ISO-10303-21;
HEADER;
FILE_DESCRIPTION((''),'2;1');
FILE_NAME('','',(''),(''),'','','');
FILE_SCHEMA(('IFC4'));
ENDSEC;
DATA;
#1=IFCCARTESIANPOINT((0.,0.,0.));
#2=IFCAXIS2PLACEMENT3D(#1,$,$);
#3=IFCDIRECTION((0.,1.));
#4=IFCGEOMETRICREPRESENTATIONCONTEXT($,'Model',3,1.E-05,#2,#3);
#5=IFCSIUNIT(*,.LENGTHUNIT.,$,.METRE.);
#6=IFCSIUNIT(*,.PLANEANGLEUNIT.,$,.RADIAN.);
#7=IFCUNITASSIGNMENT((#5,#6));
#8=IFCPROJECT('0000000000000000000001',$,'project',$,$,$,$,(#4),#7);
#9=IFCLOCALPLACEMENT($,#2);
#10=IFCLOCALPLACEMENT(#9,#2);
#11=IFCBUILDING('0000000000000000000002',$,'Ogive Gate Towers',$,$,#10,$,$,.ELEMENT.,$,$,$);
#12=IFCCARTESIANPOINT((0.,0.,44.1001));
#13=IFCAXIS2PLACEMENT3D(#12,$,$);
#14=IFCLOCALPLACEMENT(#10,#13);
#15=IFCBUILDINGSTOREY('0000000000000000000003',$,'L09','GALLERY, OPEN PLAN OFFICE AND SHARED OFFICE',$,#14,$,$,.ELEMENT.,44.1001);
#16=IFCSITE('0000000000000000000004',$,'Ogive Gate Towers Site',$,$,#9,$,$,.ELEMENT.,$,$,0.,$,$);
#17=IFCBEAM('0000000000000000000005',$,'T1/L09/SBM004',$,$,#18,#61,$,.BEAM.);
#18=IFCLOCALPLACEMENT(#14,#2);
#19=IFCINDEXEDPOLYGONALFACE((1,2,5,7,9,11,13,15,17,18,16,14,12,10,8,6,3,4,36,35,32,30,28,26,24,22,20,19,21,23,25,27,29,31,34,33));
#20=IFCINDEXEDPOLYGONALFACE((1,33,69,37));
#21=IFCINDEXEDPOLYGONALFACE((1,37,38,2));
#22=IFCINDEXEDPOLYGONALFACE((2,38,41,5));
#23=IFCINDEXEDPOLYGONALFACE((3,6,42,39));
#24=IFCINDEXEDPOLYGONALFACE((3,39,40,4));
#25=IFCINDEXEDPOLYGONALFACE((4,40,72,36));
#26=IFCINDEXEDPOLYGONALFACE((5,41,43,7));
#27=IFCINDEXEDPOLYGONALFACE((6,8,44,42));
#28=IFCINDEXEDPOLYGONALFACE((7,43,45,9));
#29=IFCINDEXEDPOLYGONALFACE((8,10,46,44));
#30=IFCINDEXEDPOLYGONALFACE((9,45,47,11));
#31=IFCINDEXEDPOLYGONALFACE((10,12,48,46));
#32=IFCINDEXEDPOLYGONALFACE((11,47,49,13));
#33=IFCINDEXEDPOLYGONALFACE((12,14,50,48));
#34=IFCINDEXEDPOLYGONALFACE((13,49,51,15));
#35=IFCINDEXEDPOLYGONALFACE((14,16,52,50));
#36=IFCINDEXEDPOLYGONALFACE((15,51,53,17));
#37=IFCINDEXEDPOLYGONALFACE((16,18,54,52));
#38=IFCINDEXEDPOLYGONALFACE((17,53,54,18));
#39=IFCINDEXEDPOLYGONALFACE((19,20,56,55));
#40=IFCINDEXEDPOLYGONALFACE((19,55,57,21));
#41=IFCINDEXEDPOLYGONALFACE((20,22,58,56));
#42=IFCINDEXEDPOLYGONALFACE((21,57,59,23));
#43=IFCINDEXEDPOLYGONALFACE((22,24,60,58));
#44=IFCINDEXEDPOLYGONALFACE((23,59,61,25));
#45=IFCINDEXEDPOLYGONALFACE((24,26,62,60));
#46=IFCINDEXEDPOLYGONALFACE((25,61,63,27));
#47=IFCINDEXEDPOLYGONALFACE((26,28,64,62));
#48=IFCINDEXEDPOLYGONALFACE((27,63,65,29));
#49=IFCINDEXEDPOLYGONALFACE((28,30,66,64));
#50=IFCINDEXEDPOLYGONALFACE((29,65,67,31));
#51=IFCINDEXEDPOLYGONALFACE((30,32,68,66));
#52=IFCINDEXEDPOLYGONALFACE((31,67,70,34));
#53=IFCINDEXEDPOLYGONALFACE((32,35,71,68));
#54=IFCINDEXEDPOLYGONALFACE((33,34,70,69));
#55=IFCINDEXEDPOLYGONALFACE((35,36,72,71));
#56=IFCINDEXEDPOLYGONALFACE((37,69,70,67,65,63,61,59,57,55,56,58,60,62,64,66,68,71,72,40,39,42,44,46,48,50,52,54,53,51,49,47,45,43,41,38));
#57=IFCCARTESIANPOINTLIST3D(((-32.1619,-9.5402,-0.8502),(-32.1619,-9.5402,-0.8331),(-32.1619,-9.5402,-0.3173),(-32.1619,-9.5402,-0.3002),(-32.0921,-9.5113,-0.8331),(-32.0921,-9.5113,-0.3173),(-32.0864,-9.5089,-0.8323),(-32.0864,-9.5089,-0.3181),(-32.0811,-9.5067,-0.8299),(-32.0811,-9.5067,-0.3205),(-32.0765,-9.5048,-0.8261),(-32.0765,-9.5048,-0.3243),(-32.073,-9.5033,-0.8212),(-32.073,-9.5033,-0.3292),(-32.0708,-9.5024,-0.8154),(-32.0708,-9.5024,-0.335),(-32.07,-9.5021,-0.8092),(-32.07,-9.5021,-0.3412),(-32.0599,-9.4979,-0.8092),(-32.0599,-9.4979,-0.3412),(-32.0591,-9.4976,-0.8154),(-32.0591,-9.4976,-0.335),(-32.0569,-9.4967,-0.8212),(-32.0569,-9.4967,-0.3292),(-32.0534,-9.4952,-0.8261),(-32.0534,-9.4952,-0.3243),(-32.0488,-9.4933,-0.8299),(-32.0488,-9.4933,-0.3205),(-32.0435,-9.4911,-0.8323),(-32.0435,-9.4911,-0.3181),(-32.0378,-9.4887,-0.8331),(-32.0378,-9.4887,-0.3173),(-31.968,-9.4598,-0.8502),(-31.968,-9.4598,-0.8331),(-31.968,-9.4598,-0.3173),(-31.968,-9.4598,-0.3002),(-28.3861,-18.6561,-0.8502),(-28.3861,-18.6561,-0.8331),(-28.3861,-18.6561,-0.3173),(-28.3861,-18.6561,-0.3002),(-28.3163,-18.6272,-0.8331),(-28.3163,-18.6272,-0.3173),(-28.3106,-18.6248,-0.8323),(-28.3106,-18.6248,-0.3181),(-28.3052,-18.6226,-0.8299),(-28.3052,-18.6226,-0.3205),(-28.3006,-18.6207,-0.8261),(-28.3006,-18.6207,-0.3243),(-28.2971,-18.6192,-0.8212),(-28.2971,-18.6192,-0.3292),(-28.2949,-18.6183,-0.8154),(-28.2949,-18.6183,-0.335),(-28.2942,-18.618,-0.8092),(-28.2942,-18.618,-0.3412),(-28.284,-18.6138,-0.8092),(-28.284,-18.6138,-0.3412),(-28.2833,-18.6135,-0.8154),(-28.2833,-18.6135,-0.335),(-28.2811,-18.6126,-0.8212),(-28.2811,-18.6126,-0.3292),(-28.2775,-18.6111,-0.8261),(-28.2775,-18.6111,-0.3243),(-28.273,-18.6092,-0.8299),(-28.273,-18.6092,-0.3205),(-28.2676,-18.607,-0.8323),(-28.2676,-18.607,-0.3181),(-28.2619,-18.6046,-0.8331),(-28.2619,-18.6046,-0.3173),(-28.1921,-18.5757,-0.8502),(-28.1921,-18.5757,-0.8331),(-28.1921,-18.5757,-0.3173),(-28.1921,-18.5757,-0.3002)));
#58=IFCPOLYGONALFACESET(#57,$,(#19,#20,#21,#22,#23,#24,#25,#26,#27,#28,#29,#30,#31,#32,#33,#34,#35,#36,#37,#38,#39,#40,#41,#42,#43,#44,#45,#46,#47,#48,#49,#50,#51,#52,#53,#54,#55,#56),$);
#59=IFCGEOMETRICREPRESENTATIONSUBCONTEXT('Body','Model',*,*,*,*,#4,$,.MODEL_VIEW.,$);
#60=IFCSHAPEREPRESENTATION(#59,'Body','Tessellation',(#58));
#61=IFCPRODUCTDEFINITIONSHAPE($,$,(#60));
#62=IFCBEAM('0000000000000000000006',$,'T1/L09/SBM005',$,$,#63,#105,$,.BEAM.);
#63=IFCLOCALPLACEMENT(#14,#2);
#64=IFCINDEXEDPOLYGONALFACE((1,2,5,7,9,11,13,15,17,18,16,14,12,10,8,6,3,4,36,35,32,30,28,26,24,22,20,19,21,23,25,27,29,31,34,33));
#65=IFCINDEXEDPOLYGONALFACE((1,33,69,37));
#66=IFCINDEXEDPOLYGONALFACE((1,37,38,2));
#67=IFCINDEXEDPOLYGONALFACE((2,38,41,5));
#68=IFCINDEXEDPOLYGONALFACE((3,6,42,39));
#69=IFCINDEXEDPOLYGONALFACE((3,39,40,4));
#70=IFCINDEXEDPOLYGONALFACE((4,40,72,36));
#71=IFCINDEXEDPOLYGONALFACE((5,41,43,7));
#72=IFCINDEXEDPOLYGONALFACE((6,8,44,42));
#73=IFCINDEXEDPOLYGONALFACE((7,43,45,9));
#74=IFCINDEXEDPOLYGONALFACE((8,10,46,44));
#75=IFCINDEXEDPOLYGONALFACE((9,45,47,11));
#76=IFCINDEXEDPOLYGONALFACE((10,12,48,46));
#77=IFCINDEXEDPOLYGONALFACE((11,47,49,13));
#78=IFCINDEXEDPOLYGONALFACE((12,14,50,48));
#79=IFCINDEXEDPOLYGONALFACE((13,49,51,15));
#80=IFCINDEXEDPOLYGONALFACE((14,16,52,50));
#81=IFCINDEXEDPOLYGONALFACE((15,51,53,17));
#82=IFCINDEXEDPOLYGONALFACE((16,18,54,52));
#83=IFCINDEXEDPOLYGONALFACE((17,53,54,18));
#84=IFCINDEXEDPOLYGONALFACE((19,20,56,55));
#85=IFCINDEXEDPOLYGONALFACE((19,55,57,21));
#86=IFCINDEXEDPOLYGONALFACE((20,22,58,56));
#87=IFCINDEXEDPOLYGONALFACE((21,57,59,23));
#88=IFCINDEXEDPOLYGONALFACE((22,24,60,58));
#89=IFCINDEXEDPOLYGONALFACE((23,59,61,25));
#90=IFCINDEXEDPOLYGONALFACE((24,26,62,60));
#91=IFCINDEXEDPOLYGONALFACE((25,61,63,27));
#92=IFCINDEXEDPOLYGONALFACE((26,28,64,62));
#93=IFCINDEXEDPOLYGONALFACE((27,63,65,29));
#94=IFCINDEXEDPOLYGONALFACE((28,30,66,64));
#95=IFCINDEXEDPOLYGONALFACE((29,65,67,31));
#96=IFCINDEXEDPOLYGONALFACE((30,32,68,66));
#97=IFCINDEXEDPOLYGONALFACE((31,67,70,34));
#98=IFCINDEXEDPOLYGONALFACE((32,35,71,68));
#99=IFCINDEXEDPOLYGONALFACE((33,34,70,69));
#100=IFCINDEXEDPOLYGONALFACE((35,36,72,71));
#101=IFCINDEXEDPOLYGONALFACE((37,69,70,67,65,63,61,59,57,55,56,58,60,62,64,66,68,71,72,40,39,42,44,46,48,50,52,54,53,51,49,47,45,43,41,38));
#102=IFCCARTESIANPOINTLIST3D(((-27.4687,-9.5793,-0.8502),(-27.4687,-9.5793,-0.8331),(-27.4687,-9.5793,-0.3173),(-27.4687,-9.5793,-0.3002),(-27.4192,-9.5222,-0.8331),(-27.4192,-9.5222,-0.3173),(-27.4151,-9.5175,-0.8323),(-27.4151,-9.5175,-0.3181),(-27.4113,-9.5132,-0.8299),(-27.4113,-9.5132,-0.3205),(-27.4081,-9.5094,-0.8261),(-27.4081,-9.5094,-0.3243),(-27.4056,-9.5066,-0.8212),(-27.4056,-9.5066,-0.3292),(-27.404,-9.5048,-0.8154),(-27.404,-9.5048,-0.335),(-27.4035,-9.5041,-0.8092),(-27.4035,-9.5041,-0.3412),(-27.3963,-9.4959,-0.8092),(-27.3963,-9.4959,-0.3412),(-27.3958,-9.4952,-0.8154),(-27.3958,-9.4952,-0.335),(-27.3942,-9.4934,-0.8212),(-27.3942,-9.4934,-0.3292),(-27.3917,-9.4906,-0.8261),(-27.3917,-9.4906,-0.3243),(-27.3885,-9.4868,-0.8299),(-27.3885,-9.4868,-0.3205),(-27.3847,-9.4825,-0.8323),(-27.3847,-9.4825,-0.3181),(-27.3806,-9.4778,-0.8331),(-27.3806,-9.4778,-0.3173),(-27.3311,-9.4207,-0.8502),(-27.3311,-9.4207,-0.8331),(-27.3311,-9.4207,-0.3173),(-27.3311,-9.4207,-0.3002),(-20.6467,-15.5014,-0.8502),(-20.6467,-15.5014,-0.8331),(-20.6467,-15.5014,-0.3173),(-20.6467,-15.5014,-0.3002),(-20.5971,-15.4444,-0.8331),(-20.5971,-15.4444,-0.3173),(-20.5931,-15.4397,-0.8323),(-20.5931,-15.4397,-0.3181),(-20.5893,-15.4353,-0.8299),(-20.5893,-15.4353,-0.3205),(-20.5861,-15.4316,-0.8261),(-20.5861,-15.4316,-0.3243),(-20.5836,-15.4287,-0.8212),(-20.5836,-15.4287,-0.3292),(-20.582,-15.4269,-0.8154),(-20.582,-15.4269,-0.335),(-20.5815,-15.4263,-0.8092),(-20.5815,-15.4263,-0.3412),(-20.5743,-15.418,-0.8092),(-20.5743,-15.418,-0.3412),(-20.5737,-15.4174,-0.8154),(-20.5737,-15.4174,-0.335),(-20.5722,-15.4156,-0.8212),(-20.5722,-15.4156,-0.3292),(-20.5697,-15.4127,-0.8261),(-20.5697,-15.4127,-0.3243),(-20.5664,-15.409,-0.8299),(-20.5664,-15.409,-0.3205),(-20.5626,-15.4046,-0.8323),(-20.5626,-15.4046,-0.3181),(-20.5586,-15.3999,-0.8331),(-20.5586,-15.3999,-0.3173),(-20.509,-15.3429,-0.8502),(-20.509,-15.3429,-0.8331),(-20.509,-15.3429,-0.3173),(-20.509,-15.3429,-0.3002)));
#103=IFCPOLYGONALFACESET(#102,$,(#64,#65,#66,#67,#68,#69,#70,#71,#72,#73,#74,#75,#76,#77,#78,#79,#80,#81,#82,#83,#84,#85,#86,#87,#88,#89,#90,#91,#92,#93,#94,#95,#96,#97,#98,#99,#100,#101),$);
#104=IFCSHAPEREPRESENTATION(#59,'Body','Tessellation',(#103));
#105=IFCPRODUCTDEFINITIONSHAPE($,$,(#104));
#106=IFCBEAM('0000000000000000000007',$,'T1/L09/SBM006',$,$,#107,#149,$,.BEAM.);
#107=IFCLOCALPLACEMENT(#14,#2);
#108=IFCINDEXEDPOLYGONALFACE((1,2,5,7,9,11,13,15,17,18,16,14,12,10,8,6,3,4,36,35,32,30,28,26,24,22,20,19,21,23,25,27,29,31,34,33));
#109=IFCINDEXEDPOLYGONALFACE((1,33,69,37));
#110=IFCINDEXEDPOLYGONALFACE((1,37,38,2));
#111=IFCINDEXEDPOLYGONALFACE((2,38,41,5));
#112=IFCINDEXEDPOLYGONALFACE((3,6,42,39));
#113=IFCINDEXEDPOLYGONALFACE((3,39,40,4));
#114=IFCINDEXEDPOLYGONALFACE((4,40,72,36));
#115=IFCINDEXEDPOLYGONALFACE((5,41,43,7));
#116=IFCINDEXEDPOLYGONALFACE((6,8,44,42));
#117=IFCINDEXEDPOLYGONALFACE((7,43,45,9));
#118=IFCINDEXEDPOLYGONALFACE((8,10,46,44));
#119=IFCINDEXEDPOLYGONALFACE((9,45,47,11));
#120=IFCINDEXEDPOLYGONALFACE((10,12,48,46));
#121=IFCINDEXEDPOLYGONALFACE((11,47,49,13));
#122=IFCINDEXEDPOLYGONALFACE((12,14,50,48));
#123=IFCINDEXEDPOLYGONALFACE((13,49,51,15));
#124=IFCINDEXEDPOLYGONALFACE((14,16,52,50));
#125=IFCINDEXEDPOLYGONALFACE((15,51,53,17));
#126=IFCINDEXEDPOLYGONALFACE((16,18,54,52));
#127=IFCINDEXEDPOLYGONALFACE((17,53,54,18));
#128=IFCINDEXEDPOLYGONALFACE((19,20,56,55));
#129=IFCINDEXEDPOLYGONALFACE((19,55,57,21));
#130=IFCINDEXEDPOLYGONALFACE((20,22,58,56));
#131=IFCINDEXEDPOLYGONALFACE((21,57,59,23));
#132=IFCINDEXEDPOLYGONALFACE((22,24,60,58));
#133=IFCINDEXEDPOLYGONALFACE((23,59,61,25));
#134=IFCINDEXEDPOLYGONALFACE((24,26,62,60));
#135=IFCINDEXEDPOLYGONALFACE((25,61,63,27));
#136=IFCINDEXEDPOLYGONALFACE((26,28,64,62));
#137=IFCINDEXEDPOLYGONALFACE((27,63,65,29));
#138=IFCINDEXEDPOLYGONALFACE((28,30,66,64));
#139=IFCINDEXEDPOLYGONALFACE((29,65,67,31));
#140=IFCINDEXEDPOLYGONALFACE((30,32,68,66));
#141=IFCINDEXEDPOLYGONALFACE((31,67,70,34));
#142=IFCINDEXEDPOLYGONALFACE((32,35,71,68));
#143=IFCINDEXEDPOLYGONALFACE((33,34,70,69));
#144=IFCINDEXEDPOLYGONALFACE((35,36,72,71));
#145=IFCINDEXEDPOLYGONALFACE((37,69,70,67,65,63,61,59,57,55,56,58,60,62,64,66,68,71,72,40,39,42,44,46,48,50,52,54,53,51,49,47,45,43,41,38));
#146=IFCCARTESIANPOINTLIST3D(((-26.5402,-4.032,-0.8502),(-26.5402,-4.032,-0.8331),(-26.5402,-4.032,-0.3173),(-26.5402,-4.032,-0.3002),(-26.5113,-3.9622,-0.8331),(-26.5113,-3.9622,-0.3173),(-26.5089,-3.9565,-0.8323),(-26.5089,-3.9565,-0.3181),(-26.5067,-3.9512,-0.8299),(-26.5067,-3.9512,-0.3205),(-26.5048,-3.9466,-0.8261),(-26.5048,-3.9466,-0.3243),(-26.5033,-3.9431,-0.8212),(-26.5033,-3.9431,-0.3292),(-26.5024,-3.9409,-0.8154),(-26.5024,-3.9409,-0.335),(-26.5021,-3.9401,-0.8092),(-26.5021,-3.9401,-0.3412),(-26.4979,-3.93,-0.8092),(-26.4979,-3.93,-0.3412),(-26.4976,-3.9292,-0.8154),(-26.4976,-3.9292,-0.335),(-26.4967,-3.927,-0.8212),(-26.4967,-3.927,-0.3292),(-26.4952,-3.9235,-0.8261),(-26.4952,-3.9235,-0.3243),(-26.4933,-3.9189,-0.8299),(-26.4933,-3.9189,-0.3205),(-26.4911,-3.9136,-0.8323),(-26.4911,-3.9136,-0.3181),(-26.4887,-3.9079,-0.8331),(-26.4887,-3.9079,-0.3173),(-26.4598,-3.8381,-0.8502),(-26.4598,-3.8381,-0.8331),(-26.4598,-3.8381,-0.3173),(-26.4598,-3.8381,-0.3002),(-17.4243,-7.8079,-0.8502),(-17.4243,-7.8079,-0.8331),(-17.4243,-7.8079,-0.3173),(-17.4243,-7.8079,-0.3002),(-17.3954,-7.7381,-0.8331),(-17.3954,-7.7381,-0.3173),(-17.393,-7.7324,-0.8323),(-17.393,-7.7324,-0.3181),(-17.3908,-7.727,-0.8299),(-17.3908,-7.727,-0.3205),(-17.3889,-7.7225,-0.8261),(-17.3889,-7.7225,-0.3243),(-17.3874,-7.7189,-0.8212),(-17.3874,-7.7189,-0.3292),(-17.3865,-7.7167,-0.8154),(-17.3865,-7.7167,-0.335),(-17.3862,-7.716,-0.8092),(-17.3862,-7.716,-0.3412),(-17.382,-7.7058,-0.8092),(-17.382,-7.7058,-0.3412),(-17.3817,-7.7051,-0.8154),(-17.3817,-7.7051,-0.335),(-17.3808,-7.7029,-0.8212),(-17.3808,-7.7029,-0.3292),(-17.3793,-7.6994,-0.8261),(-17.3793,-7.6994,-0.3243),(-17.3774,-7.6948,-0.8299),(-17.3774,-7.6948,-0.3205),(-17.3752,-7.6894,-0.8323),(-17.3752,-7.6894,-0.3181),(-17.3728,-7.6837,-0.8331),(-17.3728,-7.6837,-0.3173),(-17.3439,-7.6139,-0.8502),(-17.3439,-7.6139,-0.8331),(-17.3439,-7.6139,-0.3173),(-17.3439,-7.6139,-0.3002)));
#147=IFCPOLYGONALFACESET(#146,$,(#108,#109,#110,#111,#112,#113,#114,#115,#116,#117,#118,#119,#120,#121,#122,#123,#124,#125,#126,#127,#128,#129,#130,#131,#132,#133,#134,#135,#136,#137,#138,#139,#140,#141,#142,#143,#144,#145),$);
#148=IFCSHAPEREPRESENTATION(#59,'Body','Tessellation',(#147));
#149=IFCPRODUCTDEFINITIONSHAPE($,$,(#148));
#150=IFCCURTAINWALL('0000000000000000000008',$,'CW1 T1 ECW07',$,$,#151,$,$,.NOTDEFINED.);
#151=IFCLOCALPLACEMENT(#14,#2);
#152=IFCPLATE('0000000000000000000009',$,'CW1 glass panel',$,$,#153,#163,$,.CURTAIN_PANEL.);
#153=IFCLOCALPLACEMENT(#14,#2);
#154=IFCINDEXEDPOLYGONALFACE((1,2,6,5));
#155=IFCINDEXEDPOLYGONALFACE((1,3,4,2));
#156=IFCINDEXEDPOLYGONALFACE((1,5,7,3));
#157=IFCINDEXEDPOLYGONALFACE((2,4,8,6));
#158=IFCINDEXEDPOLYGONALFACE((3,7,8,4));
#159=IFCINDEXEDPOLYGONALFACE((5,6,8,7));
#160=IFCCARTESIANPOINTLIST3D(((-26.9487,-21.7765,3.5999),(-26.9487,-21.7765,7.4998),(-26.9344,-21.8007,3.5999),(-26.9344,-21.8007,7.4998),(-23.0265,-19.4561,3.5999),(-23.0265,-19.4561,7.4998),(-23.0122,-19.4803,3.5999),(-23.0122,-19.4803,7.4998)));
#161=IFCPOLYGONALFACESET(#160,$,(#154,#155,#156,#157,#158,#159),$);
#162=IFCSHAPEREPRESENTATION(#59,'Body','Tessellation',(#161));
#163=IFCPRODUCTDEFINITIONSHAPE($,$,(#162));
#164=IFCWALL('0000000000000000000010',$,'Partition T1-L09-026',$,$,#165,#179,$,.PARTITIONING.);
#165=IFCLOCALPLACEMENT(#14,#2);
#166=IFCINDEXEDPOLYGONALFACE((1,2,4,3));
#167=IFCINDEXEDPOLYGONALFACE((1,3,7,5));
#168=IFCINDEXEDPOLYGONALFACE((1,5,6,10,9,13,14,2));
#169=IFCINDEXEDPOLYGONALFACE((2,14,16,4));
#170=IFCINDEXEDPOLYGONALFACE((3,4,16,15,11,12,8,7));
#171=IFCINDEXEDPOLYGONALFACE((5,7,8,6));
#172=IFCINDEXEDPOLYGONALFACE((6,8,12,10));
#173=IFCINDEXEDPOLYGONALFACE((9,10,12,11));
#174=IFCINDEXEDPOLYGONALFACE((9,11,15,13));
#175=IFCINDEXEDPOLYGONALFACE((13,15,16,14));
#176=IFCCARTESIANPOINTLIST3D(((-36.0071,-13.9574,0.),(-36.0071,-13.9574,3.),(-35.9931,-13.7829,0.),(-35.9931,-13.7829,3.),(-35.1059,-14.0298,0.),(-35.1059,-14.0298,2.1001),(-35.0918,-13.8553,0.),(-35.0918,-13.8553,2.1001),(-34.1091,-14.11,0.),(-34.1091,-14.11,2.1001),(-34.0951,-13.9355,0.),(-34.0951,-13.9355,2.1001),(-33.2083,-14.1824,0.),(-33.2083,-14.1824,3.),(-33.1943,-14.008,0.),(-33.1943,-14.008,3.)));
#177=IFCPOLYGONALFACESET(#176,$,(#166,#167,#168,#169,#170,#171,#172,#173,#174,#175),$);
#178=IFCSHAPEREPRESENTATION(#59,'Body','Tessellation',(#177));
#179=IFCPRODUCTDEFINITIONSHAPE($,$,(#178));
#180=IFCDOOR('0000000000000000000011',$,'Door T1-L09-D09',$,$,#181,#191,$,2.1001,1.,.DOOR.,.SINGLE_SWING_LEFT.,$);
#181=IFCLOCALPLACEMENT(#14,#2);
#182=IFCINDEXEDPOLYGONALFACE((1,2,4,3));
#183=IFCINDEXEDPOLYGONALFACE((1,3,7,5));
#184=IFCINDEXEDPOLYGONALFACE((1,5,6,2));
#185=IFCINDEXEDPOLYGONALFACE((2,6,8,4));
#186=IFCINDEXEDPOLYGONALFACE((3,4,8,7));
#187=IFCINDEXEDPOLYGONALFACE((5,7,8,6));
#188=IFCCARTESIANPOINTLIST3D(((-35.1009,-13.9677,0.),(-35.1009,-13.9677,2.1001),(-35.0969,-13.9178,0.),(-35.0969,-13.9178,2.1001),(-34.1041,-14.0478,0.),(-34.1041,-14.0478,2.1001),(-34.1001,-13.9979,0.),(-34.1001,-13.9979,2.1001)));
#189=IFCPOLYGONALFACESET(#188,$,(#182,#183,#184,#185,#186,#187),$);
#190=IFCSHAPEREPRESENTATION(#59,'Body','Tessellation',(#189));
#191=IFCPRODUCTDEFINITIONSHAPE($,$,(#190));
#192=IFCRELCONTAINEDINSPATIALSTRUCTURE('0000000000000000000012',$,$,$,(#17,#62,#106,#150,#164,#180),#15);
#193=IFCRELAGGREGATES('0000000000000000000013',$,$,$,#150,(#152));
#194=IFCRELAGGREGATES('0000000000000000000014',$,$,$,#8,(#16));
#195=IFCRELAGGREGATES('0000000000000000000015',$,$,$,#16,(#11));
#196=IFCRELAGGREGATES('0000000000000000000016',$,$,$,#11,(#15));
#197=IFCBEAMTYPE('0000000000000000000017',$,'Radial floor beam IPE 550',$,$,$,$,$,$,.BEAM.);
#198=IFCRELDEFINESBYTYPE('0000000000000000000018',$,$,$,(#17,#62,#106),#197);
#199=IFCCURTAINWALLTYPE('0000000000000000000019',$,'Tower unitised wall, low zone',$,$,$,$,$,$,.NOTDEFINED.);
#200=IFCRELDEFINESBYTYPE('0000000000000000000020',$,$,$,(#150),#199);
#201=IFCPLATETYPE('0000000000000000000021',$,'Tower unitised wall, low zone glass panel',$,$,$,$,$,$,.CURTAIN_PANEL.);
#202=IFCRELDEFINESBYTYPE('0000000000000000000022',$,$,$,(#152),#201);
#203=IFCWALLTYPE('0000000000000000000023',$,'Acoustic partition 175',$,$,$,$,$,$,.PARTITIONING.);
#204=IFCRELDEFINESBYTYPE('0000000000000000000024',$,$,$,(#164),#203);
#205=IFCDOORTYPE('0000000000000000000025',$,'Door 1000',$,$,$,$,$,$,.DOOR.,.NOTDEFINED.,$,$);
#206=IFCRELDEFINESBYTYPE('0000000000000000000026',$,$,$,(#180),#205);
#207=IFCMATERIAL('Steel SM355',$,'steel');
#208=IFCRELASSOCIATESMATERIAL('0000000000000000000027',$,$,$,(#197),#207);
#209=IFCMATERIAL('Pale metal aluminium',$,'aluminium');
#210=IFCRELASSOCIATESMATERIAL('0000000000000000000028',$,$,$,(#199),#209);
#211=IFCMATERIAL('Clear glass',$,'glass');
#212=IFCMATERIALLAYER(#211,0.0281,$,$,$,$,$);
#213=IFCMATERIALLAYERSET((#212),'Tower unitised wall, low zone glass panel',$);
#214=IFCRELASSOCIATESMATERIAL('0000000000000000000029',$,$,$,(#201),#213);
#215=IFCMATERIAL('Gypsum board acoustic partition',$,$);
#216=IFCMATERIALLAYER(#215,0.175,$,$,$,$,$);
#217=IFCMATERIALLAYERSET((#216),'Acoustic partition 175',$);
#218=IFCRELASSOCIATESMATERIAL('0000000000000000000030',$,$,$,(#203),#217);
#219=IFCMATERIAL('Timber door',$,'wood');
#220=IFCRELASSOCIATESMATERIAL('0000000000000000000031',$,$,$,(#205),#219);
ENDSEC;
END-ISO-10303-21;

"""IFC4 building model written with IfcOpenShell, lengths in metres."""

from ifc_helpers import new_model, si_unit, direction, frame, frame_2d, origin, origin_2d, place, context, subcontext, project, spatial, rectangle, i_section, extrude, material, layer, layer_set, material_profile, profile_set, type_object, element, fill, aggregate, save


model = new_model("IFC4")

# Units and contexts
model_context = context("Model", 3, precision=1e-05, world=origin(), true_north=direction((0.0, 1.0)))
body_context = subcontext(model_context, "Body", "Model", "MODEL_VIEW")
ifc_project = project(units=[si_unit("LENGTHUNIT", "METRE"), si_unit("PLANEANGLEUNIT", "RADIAN")], contexts=[model_context])

# Site, building, storey
site_placement = place(None, origin())
site = spatial("IfcSite", under=ifc_project, at=site_placement, Name="Ogive Gate Towers Site", CompositionType="ELEMENT", RefElevation=0.0)
building_placement = place(site_placement, origin())
building = spatial("IfcBuilding", under=site, at=building_placement, Name="Ogive Gate Towers", CompositionType="ELEMENT")
storey_placement = place(building_placement, frame((0.0, 0.0, 44.1001)))
storey = spatial("IfcBuildingStorey", under=building, at=storey_placement, Name="L09", Description="GALLERY, OPEN PLAN OFFICE AND SHARED OFFICE", CompositionType="ELEMENT", Elevation=44.1001)

# Beams
ifc_material_1 = material(Name="Steel SM355", Category="steel")
ifc_material_profile = material_profile(ifc_material_1, i_section(OverallWidth=0.21, OverallDepth=0.55, WebThickness=0.011, FlangeThickness=0.0171, FilletRadius=0.0239, at=origin_2d()), Name="IPE 550")
ifc_profile_set = profile_set([ifc_material_profile], Name="Steel SM355")
beam_type = type_object("IfcBeamType", Name="Radial floor beam IPE 550", PredefinedType="BEAM", material=ifc_profile_set)
beam_1_placement = place(storey_placement, frame((-32.0649, -9.5, -0.5752), z_axis=(0.382677, -0.923882, 0.0), x_axis=(0.923882, 0.382677, 0.0)))
element("IfcBeam", 1, at=beam_1_placement, inside=storey, type_object=beam_type, Name="T1/L09/SBM004", PredefinedType="BEAM", context=body_context, shape_type="SweptSolid", body=[
    extrude(i_section(OverallWidth=0.21, OverallDepth=0.55, WebThickness=0.011, FlangeThickness=0.0171, FilletRadius=0.0239, at=origin_2d()), origin(), (0.0, 0.0, 1.0), 9.8669),
])
beam_2_placement = place(storey_placement, frame((-27.3999, -9.5, -0.5752), z_axis=(0.755157, -0.655544, 0.0), x_axis=(0.655544, 0.755157, 0.0)))
element("IfcBeam", 2, at=beam_2_placement, inside=storey, type_object=beam_type, Name="T1/L09/SBM005", PredefinedType="BEAM", context=body_context, shape_type="SweptSolid", body=[
    extrude(i_section(OverallWidth=0.21, OverallDepth=0.55, WebThickness=0.011, FlangeThickness=0.0171, FilletRadius=0.0239, at=origin_2d()), origin(), (0.0, 0.0, 1.0), 9.0339),
])
beam_3_placement = place(storey_placement, frame((-26.5, -3.9351, -0.5752), z_axis=(0.923882, -0.382677, 0.0), x_axis=(0.382677, 0.923882, 0.0)))
element("IfcBeam", 3, at=beam_3_placement, inside=storey, type_object=beam_type, Name="T1/L09/SBM006", PredefinedType="BEAM", context=body_context, shape_type="SweptSolid", body=[
    extrude(i_section(OverallWidth=0.21, OverallDepth=0.55, WebThickness=0.011, FlangeThickness=0.0171, FilletRadius=0.0239, at=origin_2d()), origin(), (0.0, 0.0, 1.0), 9.8669),
])

# Curtain wall, plate
ifc_material_2 = material(Name="Pale metal aluminium", Category="aluminium")
curtain_wall_type = type_object("IfcCurtainWallType", Name="Tower unitised wall, low zone", PredefinedType="NOTDEFINED", material=ifc_material_2)
curtain_wall_placement = place(storey_placement, origin())
curtain_wall = element("IfcCurtainWall", 4, at=curtain_wall_placement, inside=storey, type_object=curtain_wall_type, Name="CW1 T1 ECW07", PredefinedType="NOTDEFINED")
ifc_material_3 = material(Name="Clear glass", Category="glass")
ifc_layer_1 = layer(ifc_material_3, 0.0281)
ifc_layer_set_1 = layer_set([ifc_layer_1], Name="Tower unitised wall, low zone glass panel")
plate_type = type_object("IfcPlateType", Name="Tower unitised wall, low zone glass panel", PredefinedType="CURTAIN_PANEL", material=ifc_layer_set_1)
plate_placement = place(storey_placement, frame((-24.9805, -20.6284, 3.5999), z_axis=(0.0, 0.0, 1.0), x_axis=(0.860662, 0.509177, 0.0)))
plate = element("IfcPlate", 5, at=plate_placement, type_object=plate_type, Name="CW1 glass panel", PredefinedType="CURTAIN_PANEL", context=body_context, shape_type="SweptSolid", body=[
    extrude(rectangle(XDim=4.5571, YDim=0.0281, at=origin_2d()), origin(), (0.0, 0.0, 1.0), 3.8999),
])
aggregate(curtain_wall, [plate])

# Wall, opening, door
ifc_material_4 = material(Name="Gypsum board acoustic partition")
ifc_layer_2 = layer(ifc_material_4, 0.175)
ifc_layer_set_2 = layer_set([ifc_layer_2], Name="Acoustic partition 175")
wall_type_1 = type_object("IfcWallType", Name="Acoustic partition 175", PredefinedType="PARTITIONING", material=ifc_layer_set_2)
wall_1_placement = place(storey_placement, frame((-36.0, -13.8701, 0.0), z_axis=(0.0, 0.0, 1.0), x_axis=(0.996781, -0.080167, 0.0)))
wall_1 = element("IfcWall", 6, at=wall_1_placement, inside=storey, type_object=wall_type_1, Name="Partition T1-L09-026", PredefinedType="PARTITIONING", context=body_context, shape_type="SweptSolid", body=[
    extrude(rectangle(XDim=2.8079, YDim=0.175, at=frame_2d((1.4038, 0.0))), origin(), (0.0, 0.0, 1.0), 3.0),
])
opening_1_placement = place(wall_1_placement, frame((0.9041, 0.0, 0.0)))
opening_1 = element("IfcOpeningElement", 7, at=opening_1_placement, cuts=wall_1, PredefinedType="OPENING", context=body_context, shape_type="SweptSolid", body=[
    extrude(rectangle(XDim=1.0, YDim=2.1001, at=frame_2d((0.5, 1.05))), frame((0.0, 0.0977, 0.0), z_axis=(0.0, -1.0, 0.0), x_axis=(1.0, 0.0, 0.0)), (0.0, 0.0, 1.0), 0.1951),
])
ifc_material_5 = material(Name="Timber door", Category="wood")
door_type_1 = type_object("IfcDoorType", Name="Door 1000", OperationType="NOTDEFINED", PredefinedType="DOOR", material=ifc_material_5)
door_1_placement = place(opening_1_placement, origin())
door_1 = element("IfcDoor", 8, at=door_1_placement, inside=storey, type_object=door_type_1, Name="Door T1-L09-D09", OperationType="SINGLE_SWING_LEFT", OverallHeight=2.1001, OverallWidth=1.0, PredefinedType="DOOR", context=body_context, shape_type="SweptSolid", body=[
    extrude(rectangle(XDim=1.0, YDim=2.1001, at=frame_2d((0.5, 1.05))), frame((0.0, 0.0249, 0.0), z_axis=(0.0, -1.0, 0.0), x_axis=(1.0, 0.0, 0.0)), (0.0, 0.0, 1.0), 0.05),
])
fill(opening_1, door_1)

save(model, "model.ifc")
